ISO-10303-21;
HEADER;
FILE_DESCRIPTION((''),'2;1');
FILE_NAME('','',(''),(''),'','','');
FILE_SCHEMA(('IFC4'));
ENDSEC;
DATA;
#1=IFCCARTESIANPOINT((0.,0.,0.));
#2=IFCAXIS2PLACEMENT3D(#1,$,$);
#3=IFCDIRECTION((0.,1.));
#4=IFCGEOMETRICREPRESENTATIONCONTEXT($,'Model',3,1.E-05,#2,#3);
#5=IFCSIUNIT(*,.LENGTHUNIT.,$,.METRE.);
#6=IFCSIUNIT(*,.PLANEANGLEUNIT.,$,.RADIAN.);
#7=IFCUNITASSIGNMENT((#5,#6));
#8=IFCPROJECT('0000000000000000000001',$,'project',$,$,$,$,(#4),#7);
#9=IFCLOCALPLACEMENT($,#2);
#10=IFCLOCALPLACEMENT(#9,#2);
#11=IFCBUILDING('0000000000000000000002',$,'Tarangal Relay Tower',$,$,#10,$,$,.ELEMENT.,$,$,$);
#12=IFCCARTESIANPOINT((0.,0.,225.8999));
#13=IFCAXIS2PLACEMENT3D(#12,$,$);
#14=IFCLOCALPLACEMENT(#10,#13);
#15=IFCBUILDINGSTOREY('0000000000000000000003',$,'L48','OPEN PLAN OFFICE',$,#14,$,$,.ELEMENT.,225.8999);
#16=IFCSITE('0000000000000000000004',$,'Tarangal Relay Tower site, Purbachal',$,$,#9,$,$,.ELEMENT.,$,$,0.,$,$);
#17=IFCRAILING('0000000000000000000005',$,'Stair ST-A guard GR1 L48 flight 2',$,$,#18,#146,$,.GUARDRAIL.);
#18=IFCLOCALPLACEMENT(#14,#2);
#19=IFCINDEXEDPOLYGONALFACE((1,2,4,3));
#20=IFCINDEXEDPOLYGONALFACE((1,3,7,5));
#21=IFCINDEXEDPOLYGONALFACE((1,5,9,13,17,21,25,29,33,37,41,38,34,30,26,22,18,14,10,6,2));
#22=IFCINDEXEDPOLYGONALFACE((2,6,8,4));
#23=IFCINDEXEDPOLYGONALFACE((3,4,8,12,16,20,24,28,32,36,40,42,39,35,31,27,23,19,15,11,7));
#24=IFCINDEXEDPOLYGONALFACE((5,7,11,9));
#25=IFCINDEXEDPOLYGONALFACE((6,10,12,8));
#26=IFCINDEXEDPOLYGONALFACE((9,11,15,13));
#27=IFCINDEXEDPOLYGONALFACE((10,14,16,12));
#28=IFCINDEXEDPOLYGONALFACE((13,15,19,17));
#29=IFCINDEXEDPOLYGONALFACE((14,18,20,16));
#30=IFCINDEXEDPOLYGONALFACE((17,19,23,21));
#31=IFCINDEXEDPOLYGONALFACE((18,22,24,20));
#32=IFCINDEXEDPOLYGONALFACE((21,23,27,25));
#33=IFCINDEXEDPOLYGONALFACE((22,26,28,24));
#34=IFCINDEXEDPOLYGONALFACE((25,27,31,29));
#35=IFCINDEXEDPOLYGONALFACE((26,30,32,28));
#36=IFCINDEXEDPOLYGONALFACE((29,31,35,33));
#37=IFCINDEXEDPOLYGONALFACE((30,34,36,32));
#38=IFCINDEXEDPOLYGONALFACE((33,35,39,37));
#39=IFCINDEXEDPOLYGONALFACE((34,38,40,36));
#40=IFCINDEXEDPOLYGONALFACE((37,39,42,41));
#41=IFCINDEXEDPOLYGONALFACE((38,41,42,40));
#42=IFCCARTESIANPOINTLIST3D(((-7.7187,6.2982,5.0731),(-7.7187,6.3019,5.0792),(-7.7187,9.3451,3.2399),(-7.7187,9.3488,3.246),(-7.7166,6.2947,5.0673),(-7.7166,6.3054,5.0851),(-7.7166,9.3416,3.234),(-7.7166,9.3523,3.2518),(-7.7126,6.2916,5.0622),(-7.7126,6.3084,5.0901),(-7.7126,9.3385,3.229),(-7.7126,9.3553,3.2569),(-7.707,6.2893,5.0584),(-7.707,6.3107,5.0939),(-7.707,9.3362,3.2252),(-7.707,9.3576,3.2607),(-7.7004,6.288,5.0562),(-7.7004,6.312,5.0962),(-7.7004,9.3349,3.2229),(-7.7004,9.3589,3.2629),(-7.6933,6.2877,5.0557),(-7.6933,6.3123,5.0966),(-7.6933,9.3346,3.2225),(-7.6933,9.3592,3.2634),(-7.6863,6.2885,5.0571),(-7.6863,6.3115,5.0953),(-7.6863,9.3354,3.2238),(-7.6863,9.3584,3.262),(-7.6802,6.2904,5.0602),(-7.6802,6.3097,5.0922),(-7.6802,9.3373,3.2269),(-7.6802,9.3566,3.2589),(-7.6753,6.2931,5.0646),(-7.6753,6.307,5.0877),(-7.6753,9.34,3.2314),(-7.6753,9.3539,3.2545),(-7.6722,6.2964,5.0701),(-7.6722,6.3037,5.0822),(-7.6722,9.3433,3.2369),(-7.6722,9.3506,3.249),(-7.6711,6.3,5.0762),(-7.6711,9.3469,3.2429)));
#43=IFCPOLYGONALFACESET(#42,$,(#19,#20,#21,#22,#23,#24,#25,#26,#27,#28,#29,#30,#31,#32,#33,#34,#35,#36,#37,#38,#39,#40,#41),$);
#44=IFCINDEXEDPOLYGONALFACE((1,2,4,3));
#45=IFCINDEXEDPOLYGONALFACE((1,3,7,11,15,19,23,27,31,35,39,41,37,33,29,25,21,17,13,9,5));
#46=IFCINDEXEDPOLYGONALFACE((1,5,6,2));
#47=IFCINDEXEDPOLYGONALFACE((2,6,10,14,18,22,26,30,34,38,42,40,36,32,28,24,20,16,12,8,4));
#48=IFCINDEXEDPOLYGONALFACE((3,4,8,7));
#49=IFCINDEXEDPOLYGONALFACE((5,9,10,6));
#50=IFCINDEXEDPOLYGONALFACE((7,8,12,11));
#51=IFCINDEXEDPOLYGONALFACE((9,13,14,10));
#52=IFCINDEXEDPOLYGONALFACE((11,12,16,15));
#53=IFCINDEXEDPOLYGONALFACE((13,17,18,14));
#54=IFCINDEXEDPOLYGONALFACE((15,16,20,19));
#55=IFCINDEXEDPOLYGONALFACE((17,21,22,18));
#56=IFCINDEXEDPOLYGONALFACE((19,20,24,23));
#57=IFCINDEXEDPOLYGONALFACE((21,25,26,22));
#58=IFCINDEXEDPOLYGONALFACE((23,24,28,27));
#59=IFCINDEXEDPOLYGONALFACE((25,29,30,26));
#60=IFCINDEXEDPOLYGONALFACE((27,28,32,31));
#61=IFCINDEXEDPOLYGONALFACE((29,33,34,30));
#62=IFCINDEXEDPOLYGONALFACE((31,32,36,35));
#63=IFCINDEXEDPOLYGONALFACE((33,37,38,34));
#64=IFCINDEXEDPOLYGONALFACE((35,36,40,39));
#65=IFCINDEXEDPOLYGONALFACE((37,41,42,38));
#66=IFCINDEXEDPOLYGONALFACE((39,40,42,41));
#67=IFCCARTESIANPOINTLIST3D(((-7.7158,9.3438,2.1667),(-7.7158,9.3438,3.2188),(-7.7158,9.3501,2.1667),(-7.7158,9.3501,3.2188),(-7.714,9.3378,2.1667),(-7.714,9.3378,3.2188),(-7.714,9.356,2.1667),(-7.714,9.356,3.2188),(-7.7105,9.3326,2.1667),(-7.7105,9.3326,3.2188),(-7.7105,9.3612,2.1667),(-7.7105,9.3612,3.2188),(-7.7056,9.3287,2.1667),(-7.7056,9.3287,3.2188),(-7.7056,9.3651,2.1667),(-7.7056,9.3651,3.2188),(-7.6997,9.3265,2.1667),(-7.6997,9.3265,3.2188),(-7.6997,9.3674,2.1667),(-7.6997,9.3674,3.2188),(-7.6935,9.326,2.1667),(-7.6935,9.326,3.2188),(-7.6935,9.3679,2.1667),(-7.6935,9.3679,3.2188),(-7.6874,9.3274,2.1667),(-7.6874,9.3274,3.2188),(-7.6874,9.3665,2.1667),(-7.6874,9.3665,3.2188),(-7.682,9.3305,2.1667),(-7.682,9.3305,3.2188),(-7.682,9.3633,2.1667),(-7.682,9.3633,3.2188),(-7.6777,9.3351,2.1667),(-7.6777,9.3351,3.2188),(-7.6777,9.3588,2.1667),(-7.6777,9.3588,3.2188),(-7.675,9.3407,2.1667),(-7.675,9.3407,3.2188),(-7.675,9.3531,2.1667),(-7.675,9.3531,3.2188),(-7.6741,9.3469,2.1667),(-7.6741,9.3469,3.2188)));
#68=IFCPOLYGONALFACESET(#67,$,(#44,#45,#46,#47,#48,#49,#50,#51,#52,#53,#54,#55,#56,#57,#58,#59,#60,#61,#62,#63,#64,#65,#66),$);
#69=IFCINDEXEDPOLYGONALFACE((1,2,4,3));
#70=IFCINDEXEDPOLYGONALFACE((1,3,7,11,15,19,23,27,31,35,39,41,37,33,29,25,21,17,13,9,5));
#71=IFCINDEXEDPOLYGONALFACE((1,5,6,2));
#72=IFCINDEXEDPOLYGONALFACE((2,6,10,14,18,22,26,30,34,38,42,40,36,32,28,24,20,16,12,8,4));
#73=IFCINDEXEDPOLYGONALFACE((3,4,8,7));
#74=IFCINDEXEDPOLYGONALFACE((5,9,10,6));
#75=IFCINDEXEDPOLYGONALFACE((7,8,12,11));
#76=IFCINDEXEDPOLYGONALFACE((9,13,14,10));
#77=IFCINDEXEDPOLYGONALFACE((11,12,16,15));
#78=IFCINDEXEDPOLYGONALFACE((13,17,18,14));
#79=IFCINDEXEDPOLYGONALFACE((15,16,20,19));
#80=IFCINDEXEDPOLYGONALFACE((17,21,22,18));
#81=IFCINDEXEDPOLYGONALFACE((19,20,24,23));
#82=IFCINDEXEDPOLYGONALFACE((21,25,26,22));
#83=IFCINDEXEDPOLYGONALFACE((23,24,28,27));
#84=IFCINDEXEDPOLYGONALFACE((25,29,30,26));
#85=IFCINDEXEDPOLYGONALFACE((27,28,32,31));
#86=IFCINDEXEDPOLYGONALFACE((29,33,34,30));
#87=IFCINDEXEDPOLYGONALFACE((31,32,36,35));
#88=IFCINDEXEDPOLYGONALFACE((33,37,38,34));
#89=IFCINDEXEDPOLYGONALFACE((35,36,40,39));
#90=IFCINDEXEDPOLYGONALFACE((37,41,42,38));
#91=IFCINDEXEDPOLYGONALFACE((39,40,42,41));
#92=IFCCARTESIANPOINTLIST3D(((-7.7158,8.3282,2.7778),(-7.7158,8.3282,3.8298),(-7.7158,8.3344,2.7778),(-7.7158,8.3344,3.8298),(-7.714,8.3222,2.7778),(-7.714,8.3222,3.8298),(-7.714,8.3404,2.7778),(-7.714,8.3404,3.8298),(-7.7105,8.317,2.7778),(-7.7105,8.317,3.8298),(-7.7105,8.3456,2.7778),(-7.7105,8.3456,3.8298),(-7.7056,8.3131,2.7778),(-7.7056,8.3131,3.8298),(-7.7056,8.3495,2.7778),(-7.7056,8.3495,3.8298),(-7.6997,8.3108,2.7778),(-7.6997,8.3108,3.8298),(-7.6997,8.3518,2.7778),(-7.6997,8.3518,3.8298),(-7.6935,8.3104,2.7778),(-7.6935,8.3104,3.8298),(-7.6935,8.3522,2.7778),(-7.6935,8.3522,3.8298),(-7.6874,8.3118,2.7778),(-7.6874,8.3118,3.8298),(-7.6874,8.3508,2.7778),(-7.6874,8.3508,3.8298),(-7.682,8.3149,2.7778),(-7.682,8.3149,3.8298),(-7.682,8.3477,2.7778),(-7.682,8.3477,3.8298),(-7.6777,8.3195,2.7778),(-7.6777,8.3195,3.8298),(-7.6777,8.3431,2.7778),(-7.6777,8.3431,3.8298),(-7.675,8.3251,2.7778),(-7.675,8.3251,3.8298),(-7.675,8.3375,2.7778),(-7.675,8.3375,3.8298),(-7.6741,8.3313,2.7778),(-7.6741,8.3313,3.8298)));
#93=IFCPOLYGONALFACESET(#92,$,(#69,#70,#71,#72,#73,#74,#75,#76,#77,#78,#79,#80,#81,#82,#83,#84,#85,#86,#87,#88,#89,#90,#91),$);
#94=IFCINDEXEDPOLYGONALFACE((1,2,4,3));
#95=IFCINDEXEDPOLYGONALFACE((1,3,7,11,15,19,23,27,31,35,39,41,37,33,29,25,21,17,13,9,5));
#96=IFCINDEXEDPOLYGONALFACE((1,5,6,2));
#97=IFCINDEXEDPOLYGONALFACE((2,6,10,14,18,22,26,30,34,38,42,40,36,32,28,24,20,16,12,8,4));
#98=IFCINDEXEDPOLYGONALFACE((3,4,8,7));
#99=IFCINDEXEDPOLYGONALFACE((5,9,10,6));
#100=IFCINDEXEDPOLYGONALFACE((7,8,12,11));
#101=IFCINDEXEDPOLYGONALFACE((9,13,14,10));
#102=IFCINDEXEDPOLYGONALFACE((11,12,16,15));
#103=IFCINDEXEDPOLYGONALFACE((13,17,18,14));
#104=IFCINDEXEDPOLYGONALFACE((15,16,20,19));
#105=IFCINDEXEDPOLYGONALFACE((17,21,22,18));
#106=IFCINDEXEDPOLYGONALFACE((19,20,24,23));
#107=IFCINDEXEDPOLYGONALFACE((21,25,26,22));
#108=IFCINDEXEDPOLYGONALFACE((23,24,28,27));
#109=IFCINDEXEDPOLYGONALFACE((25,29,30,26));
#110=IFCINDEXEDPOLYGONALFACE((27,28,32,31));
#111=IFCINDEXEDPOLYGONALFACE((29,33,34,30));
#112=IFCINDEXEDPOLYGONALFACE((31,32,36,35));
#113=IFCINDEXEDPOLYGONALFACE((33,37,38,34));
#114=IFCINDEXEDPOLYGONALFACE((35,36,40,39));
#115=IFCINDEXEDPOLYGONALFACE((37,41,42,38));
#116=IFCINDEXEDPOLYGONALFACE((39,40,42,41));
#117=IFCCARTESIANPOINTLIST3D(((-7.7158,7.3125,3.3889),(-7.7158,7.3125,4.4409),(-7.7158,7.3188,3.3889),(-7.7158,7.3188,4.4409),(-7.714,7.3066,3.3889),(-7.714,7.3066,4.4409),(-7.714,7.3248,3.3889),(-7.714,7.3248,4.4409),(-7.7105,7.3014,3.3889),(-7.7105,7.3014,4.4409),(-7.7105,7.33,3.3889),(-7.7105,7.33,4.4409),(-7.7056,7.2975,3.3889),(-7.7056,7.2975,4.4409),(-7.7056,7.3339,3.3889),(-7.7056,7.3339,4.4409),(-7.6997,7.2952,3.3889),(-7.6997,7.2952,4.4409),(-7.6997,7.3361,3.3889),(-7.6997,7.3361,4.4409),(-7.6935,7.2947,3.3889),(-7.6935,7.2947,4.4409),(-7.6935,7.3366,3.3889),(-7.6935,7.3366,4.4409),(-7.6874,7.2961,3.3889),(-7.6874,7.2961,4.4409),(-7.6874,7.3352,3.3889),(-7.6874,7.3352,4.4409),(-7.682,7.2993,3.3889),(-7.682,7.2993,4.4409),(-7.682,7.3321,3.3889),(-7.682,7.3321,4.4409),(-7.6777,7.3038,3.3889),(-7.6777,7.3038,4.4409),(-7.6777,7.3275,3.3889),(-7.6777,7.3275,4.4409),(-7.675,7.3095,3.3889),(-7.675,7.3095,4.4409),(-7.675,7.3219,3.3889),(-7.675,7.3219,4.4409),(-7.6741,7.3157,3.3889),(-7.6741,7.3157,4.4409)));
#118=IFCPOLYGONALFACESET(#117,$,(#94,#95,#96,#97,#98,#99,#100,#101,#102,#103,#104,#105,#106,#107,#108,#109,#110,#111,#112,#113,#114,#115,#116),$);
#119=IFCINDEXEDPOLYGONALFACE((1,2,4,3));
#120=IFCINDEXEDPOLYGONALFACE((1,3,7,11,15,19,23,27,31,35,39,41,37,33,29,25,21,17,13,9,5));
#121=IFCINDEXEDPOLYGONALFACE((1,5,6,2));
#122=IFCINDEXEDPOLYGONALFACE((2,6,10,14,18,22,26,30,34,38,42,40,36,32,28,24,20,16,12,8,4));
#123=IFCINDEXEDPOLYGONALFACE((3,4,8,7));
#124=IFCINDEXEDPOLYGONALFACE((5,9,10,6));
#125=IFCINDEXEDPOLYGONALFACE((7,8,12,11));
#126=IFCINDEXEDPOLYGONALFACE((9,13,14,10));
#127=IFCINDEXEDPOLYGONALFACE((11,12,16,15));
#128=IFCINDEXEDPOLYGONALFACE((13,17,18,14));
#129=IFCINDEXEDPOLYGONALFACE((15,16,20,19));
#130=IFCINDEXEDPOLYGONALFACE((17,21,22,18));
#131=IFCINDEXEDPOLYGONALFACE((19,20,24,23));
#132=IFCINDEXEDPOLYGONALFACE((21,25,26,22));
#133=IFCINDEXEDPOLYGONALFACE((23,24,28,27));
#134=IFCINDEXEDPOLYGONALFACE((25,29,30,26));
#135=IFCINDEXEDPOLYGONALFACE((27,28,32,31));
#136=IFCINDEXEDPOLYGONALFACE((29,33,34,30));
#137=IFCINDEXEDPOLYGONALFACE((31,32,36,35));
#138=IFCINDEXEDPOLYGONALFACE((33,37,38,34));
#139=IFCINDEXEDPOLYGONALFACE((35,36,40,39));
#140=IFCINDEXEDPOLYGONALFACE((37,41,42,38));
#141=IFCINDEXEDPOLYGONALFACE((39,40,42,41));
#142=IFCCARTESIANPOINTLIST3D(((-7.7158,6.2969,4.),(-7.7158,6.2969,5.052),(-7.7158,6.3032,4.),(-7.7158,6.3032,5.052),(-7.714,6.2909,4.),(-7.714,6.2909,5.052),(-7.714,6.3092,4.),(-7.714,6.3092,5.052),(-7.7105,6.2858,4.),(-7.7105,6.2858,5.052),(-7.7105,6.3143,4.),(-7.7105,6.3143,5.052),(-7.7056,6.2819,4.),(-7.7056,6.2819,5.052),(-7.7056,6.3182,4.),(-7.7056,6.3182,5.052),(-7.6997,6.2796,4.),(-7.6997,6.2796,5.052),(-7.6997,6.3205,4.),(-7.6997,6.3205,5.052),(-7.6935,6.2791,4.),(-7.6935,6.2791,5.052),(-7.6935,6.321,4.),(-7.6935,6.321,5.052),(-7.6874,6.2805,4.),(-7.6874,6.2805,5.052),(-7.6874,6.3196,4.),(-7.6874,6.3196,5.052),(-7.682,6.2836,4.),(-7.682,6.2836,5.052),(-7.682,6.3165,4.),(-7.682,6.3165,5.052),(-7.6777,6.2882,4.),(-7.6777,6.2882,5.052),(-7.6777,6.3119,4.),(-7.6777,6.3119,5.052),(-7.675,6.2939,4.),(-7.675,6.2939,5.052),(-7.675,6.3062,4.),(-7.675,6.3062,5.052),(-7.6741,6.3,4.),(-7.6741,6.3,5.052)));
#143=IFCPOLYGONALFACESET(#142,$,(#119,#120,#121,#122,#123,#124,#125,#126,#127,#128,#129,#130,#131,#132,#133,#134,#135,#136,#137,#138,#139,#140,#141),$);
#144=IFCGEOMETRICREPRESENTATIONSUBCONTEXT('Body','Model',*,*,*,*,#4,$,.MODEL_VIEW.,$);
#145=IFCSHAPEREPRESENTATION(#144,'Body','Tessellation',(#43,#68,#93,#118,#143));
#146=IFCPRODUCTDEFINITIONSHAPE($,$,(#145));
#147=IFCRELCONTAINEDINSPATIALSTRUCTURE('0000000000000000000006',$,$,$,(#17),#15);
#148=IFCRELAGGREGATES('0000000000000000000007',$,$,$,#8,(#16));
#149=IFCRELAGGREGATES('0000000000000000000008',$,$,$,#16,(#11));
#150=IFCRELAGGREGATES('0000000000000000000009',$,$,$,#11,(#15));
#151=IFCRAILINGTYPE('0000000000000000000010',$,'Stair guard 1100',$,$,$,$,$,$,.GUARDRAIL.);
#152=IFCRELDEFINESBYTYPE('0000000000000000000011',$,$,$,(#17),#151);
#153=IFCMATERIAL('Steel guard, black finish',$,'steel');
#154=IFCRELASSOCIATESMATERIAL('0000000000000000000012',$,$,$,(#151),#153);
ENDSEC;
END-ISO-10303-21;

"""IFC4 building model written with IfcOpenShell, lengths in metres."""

from ifc_helpers import new_model, si_unit, direction, frame, origin, origin_2d, place, context, subcontext, project, spatial, circle, extrude, material, type_object, element, save


model = new_model("IFC4")

# Units and contexts
model_context = context("Model", 3, precision=1e-05, world=origin(), true_north=direction((0.0, 1.0)))
body_context = subcontext(model_context, "Body", "Model", "MODEL_VIEW")
ifc_project = project(units=[si_unit("LENGTHUNIT", "METRE"), si_unit("PLANEANGLEUNIT", "RADIAN")], contexts=[model_context])

# Site, building, storey
site_placement = place(None, origin())
site = spatial("IfcSite", under=ifc_project, at=site_placement, Name="Tarangal Relay Tower site, Purbachal", CompositionType="ELEMENT", RefElevation=0.0)
building_placement = place(site_placement, origin())
building = spatial("IfcBuilding", under=site, at=building_placement, Name="Tarangal Relay Tower", CompositionType="ELEMENT")
storey_placement = place(building_placement, frame((0.0, 0.0, 225.8999)))
storey = spatial("IfcBuildingStorey", under=building, at=storey_placement, Name="L48", Description="OPEN PLAN OFFICE", CompositionType="ELEMENT", Elevation=225.8999)

# Railing
ifc_material_1 = material(Name="Steel guard, black finish", Category="steel")
railing_type_1 = type_object("IfcRailingType", Name="Stair guard 1100", PredefinedType="GUARDRAIL", material=ifc_material_1)
railing_1_placement = place(storey_placement, frame((-7.6951, 9.3469, 2.1667)))
element("IfcRailing", 1, at=railing_1_placement, inside=storey, type_object=railing_type_1, Name="Stair ST-A guard GR1 L48 flight 2", PredefinedType="GUARDRAIL", context=body_context, shape_type="SweptSolid", body=[
    extrude(circle(Radius=0.0239, at=origin_2d()), frame((0.0, 0.0, 1.0762), z_axis=(0.0, -0.856856, 0.515556), x_axis=(1.0, 0.0, 0.0)), (0.0, 0.0, 1.0), 3.5559),
    extrude(circle(Radius=0.021, at=origin_2d()), origin(), (0.0, 0.0, 1.0), 1.052),
    extrude(circle(Radius=0.021, at=origin_2d()), frame((0.0, -1.0156, 0.6111)), (0.0, 0.0, 1.0), 1.052),
    extrude(circle(Radius=0.021, at=origin_2d()), frame((0.0, -2.0312, 1.2222)), (0.0, 0.0, 1.0), 1.052),
    extrude(circle(Radius=0.021, at=origin_2d()), frame((0.0, -3.0469, 1.8333)), (0.0, 0.0, 1.0), 1.052),
])

save(model, "model.ifc")
